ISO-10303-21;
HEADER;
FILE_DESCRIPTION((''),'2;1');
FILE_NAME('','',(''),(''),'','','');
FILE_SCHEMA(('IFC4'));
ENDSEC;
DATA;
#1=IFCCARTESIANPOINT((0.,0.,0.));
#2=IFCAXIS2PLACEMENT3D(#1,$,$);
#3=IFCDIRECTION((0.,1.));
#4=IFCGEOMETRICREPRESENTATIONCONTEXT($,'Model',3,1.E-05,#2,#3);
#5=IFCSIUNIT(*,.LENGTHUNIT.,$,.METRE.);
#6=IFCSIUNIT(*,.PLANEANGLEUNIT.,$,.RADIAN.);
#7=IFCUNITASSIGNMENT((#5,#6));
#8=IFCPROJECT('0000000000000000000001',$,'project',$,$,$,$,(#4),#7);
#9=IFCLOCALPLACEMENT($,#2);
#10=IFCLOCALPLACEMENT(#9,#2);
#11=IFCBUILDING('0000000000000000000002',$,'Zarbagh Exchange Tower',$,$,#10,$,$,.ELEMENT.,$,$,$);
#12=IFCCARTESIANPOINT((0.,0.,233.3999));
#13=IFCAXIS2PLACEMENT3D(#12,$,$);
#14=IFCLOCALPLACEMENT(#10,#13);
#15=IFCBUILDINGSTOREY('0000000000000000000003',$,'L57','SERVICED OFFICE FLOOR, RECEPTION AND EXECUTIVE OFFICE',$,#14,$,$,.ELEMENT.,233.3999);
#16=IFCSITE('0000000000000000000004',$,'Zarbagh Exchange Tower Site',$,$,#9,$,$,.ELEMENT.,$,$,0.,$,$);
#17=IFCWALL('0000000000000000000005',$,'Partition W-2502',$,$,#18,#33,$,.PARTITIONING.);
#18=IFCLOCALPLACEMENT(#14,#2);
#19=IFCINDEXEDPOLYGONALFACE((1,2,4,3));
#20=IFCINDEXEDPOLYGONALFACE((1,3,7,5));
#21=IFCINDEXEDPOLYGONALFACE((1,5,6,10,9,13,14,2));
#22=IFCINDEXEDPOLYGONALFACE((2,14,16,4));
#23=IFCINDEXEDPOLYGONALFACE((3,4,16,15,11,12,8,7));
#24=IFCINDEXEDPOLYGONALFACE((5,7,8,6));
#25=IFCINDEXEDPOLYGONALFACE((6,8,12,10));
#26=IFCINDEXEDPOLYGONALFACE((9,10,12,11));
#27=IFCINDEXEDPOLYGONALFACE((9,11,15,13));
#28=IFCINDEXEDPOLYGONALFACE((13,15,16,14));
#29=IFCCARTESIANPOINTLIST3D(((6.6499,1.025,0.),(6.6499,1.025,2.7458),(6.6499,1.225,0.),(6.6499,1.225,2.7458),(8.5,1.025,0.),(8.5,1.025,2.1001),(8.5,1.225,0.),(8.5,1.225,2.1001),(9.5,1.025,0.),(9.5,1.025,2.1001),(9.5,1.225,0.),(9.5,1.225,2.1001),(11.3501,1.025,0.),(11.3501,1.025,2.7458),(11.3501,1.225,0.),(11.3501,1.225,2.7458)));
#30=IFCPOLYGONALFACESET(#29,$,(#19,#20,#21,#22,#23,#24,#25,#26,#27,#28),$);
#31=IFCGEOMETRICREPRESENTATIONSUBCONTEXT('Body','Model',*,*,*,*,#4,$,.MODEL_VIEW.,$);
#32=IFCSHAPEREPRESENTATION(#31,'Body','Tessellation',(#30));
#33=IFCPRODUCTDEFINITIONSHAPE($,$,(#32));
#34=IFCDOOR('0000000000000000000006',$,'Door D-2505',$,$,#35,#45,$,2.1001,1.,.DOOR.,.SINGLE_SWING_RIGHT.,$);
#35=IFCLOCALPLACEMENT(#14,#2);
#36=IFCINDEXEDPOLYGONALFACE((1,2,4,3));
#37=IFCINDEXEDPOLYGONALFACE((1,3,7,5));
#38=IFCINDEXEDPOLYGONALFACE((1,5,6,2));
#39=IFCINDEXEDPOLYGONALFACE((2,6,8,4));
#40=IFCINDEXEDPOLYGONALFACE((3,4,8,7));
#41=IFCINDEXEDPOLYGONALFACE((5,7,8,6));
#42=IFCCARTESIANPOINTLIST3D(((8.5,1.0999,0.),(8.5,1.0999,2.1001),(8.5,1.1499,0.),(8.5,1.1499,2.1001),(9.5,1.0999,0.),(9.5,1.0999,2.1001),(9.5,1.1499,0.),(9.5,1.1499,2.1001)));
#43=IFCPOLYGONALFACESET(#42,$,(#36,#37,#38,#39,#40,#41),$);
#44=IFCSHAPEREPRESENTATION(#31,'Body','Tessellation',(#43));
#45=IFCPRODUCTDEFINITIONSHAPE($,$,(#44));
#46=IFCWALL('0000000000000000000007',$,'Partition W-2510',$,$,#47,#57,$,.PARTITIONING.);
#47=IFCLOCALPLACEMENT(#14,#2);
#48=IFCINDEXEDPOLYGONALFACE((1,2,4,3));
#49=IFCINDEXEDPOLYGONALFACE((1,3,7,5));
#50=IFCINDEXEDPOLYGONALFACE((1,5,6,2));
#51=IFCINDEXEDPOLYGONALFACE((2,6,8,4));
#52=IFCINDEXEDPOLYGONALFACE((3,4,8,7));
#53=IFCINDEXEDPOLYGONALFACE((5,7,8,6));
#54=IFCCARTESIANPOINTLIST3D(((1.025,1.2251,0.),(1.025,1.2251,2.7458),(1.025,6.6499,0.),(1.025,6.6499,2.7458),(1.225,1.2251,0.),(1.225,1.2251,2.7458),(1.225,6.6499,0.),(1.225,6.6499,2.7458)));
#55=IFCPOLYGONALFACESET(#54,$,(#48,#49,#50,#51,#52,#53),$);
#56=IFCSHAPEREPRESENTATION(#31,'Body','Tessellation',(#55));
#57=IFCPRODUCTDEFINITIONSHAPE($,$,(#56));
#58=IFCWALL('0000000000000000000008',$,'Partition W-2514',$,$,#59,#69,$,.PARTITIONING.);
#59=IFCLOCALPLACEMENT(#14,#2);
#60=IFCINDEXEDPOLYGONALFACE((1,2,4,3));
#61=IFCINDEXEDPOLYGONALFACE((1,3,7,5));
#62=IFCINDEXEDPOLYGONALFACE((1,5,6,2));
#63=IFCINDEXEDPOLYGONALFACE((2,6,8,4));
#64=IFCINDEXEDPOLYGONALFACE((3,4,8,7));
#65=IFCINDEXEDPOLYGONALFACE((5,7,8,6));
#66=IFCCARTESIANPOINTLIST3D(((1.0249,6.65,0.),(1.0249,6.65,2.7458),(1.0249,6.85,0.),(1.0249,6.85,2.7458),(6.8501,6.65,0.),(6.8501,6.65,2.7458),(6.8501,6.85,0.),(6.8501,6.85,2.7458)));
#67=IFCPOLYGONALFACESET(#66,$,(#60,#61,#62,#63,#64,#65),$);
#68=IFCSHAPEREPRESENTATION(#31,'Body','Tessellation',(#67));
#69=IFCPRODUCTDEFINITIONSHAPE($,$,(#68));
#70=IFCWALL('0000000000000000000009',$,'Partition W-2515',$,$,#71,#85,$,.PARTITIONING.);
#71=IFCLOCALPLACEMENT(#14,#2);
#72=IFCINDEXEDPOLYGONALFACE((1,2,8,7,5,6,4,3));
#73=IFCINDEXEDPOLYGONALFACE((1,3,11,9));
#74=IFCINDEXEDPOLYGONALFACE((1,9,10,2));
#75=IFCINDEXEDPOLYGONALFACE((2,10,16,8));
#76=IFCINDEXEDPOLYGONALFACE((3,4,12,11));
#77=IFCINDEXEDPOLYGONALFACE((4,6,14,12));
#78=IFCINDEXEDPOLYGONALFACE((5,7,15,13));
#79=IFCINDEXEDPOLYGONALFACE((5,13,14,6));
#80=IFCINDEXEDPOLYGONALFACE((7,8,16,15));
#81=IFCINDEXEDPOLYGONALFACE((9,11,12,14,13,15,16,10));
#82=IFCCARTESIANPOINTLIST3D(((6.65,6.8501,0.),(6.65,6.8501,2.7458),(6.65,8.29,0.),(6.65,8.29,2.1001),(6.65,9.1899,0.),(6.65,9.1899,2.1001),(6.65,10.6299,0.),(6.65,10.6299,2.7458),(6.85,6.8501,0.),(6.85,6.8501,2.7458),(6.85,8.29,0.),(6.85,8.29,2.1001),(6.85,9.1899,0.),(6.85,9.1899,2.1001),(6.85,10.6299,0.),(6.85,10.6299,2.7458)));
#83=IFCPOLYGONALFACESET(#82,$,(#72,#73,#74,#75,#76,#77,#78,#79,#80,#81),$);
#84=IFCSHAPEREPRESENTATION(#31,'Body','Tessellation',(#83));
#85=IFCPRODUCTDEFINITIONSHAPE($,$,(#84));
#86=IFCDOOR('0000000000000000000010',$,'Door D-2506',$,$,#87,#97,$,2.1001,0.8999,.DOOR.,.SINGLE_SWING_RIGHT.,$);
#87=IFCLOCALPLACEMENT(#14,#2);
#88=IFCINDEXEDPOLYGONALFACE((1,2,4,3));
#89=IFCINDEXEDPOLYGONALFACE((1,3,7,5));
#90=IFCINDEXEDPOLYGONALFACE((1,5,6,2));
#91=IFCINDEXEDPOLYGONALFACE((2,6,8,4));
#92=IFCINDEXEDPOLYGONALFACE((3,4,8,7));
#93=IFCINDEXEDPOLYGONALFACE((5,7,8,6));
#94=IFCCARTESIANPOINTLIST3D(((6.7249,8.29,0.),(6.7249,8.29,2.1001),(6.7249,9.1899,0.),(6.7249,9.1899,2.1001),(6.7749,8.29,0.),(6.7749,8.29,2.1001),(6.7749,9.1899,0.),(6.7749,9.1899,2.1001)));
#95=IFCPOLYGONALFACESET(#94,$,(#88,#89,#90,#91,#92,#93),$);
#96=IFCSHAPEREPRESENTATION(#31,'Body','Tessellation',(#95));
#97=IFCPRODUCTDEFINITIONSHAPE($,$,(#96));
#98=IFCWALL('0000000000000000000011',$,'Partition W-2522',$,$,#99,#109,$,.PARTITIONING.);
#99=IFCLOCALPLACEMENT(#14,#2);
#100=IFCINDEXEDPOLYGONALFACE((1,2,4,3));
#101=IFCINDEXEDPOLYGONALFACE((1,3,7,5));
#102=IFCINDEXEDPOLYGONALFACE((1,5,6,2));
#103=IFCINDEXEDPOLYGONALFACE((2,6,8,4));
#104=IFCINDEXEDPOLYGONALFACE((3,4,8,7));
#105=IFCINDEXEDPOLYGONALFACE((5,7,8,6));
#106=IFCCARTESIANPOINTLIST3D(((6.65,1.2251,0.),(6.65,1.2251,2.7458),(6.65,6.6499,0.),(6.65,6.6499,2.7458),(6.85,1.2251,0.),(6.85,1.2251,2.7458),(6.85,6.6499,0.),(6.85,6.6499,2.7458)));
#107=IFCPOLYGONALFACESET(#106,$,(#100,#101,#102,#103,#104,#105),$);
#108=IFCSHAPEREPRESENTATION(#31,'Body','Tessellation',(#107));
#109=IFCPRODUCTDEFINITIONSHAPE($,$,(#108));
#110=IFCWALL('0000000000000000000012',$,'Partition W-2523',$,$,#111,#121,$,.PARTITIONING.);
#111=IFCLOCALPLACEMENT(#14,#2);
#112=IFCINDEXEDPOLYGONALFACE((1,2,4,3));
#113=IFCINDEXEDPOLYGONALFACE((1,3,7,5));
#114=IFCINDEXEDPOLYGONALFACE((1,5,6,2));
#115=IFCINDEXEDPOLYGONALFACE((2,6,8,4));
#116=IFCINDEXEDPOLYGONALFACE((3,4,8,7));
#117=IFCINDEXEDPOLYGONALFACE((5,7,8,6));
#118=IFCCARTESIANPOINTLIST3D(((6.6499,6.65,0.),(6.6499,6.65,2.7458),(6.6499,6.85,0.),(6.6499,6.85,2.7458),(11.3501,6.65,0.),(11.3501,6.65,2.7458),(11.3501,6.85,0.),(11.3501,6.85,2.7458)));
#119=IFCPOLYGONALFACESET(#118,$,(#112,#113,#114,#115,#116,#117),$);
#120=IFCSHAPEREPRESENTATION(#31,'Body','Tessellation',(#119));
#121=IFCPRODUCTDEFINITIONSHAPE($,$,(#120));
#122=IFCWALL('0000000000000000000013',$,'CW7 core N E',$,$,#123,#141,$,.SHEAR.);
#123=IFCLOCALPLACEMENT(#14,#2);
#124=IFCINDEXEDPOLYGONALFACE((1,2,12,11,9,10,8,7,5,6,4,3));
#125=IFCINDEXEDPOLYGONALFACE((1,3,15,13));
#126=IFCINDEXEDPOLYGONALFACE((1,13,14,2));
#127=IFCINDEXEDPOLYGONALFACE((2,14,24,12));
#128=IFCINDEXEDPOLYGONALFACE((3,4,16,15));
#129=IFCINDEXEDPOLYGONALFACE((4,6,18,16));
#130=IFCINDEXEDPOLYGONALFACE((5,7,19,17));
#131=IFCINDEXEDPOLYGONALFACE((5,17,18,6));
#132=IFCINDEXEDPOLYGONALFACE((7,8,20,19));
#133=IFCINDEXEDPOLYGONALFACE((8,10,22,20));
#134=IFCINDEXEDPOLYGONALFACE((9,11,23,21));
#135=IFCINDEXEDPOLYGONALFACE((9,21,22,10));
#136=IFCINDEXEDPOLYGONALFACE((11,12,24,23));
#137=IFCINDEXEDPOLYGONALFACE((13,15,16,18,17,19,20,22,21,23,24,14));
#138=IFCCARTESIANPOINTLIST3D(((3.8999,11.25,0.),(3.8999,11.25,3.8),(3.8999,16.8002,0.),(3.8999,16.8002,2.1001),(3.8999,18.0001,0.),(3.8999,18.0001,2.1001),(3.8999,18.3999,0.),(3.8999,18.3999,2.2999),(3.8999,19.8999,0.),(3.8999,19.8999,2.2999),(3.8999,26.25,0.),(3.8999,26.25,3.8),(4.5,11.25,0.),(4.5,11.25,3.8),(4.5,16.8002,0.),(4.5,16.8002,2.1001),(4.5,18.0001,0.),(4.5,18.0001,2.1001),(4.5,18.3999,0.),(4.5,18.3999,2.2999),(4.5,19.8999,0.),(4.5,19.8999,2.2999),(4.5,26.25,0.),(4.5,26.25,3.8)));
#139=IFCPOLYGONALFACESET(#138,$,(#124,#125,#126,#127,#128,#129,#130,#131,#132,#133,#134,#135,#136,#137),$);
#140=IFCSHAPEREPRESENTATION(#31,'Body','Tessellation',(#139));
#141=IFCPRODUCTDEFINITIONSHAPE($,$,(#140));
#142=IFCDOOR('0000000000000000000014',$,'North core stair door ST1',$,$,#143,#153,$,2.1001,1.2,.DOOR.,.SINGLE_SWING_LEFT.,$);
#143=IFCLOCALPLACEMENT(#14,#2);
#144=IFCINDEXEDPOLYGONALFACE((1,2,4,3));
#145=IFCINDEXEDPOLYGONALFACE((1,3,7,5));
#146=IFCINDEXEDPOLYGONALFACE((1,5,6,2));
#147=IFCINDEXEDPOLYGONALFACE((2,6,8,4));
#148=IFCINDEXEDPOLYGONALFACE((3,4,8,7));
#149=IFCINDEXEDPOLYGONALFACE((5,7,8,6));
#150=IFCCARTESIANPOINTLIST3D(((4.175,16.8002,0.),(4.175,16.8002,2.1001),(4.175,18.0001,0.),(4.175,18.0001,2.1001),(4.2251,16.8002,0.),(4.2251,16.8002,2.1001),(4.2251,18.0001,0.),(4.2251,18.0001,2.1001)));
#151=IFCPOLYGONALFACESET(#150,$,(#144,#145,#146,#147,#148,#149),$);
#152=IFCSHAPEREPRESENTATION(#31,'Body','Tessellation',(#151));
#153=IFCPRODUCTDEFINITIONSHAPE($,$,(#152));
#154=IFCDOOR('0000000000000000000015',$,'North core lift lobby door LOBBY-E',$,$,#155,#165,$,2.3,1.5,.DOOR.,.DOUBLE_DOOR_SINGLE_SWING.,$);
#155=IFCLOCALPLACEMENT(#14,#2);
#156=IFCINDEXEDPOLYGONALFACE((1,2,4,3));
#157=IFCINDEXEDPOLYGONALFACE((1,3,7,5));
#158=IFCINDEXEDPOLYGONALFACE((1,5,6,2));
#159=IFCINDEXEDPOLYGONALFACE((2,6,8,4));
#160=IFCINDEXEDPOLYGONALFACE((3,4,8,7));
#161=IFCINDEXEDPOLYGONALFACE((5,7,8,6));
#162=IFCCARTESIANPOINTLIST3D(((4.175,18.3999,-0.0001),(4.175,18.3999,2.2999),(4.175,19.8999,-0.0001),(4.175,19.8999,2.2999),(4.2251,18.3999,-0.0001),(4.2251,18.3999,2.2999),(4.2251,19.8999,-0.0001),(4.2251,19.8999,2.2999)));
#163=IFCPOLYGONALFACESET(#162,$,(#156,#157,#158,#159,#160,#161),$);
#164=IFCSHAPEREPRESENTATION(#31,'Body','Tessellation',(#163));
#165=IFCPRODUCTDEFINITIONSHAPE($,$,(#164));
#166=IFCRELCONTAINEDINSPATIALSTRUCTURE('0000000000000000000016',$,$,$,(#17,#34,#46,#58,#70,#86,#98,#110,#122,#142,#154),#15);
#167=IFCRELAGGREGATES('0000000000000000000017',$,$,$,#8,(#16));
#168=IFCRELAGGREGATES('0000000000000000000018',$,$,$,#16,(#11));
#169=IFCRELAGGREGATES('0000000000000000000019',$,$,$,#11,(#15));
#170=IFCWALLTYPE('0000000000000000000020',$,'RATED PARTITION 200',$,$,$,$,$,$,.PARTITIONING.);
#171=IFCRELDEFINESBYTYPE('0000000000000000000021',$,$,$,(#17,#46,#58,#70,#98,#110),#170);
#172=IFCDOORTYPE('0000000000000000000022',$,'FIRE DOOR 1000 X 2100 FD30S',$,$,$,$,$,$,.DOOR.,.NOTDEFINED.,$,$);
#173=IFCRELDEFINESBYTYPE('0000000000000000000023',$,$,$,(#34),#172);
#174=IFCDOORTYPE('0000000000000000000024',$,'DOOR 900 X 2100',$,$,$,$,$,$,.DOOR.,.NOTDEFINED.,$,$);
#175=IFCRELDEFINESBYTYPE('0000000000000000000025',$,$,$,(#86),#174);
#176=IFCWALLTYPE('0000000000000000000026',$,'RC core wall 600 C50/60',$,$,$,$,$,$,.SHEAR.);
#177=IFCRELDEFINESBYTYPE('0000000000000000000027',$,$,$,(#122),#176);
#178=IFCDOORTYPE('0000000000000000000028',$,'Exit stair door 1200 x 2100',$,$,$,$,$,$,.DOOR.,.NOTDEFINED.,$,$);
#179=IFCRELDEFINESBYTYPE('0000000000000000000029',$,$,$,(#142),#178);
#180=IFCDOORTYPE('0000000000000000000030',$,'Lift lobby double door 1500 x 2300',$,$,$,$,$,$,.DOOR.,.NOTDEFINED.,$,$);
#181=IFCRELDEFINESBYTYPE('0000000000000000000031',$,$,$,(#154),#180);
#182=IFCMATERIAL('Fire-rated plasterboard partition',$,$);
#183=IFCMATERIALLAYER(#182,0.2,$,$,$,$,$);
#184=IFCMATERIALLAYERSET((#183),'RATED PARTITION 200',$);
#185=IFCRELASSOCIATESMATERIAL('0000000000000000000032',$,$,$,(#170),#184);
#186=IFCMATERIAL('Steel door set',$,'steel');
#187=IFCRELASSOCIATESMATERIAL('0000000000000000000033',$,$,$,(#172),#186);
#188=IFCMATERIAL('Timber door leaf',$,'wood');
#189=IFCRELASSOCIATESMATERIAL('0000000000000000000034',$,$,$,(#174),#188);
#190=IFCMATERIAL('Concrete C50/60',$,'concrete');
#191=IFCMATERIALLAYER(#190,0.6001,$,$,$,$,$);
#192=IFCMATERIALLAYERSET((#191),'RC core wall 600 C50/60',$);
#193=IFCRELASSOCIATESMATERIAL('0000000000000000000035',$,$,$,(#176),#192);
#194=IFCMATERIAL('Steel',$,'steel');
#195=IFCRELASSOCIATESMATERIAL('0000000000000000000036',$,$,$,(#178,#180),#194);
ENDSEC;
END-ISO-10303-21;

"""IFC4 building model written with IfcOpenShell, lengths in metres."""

from ifc_helpers import new_model, si_unit, direction, frame, frame_2d, origin, place, context, subcontext, project, spatial, rectangle, extrude, material, layer, layer_set, type_object, element, fill, save


model = new_model("IFC4")

# Units and contexts
model_context = context("Model", 3, precision=1e-05, world=origin(), true_north=direction((0.0, 1.0)))
body_context = subcontext(model_context, "Body", "Model", "MODEL_VIEW")
ifc_project = project(units=[si_unit("LENGTHUNIT", "METRE"), si_unit("PLANEANGLEUNIT", "RADIAN")], contexts=[model_context])

# Site, building, storey
site_placement = place(None, origin())
site = spatial("IfcSite", under=ifc_project, at=site_placement, Name="Zarbagh Exchange Tower Site", CompositionType="ELEMENT", RefElevation=0.0)
building_placement = place(site_placement, origin())
building = spatial("IfcBuilding", under=site, at=building_placement, Name="Zarbagh Exchange Tower", CompositionType="ELEMENT")
storey_placement = place(building_placement, frame((0.0, 0.0, 233.3999)))
storey = spatial("IfcBuildingStorey", under=building, at=storey_placement, Name="L57", Description="SERVICED OFFICE FLOOR, RECEPTION AND EXECUTIVE OFFICE", CompositionType="ELEMENT", Elevation=233.3999)

# Shared definitions
ifc_material_1 = material(Name="Concrete C50/60", Category="concrete")

# Wall, opening, door
ifc_material_2 = material(Name="Fire-rated plasterboard partition")
ifc_layer_1 = layer(ifc_material_2, 0.2)
ifc_layer_set_1 = layer_set([ifc_layer_1], Name="RATED PARTITION 200")
wall_type_1 = type_object("IfcWallType", Name="RATED PARTITION 200", PredefinedType="PARTITIONING", material=ifc_layer_set_1)
ifc_material_3 = material(Name="Steel door set", Category="steel")
door_type_1 = type_object("IfcDoorType", Name="FIRE DOOR 1000 X 2100 FD30S", OperationType="NOTDEFINED", PredefinedType="DOOR", material=ifc_material_3)
wall_1_placement = place(storey_placement, frame((6.6499, 1.125, 0.0), z_axis=(0.0, 0.0, 1.0), x_axis=(1.0, 0.0, 0.0)))
wall_1 = element("IfcWall", 1, at=wall_1_placement, inside=storey, type_object=wall_type_1, Name="Partition W-2502", PredefinedType="PARTITIONING", context=body_context, shape_type="SweptSolid", body=[
    extrude(rectangle(XDim=4.7002, YDim=0.2, at=frame_2d((2.3501, 0.0))), origin(), (0.0, 0.0, 1.0), 2.7458),
])
opening_1_placement = place(wall_1_placement, frame((1.8501, 0.0, 0.0)))
opening_1 = element("IfcOpeningElement", 2, at=opening_1_placement, cuts=wall_1, PredefinedType="OPENING", context=body_context, shape_type="SweptSolid", body=[
    extrude(rectangle(XDim=1.0, YDim=2.1001, at=frame_2d((0.5, 1.05))), frame((0.0, 0.1099, 0.0), z_axis=(0.0, -1.0, 0.0), x_axis=(1.0, 0.0, 0.0)), (0.0, 0.0, 1.0), 0.22),
])
door_1_placement = place(opening_1_placement, origin())
door_1 = element("IfcDoor", 3, at=door_1_placement, inside=storey, type_object=door_type_1, Name="Door D-2505", OperationType="SINGLE_SWING_RIGHT", OverallHeight=2.1001, OverallWidth=1.0, PredefinedType="DOOR", context=body_context, shape_type="SweptSolid", body=[
    extrude(rectangle(XDim=1.0, YDim=2.1001, at=frame_2d((0.5, 1.05))), frame((0.0, 0.0249, 0.0), z_axis=(0.0, -1.0, 0.0), x_axis=(1.0, 0.0, 0.0)), (0.0, 0.0, 1.0), 0.05),
])
fill(opening_1, door_1)

# Walls
wall_2_placement = place(storey_placement, frame((1.125, 1.2251, 0.0), z_axis=(0.0, 0.0, 1.0), x_axis=(0.0, 1.0, 0.0)))
element("IfcWall", 4, at=wall_2_placement, inside=storey, type_object=wall_type_1, Name="Partition W-2510", PredefinedType="PARTITIONING", context=body_context, shape_type="SweptSolid", body=[
    extrude(rectangle(XDim=5.4248, YDim=0.2, at=frame_2d((2.7124, 0.0))), origin(), (0.0, 0.0, 1.0), 2.7458),
])
wall_3_placement = place(storey_placement, frame((1.0249, 6.75, 0.0), z_axis=(0.0, 0.0, 1.0), x_axis=(1.0, 0.0, 0.0)))
element("IfcWall", 5, at=wall_3_placement, inside=storey, type_object=wall_type_1, Name="Partition W-2514", PredefinedType="PARTITIONING", context=body_context, shape_type="SweptSolid", body=[
    extrude(rectangle(XDim=5.8252, YDim=0.2, at=frame_2d((2.9126, 0.0))), origin(), (0.0, 0.0, 1.0), 2.7458),
])

# Wall, opening, door
wall_4_placement = place(storey_placement, frame((6.75, 10.6299, 0.0), z_axis=(0.0, 0.0, 1.0), x_axis=(0.0, -1.0, 0.0)))
wall_4 = element("IfcWall", 6, at=wall_4_placement, inside=storey, type_object=wall_type_1, Name="Partition W-2515", PredefinedType="PARTITIONING", context=body_context, shape_type="SweptSolid", body=[
    extrude(rectangle(XDim=3.7798, YDim=0.2, at=frame_2d((1.8899, 0.0))), origin(), (0.0, 0.0, 1.0), 2.7458),
])
opening_2_placement = place(wall_4_placement, frame((1.4399, 0.0, 0.0)))
opening_2 = element("IfcOpeningElement", 7, at=opening_2_placement, cuts=wall_4, PredefinedType="OPENING", context=body_context, shape_type="SweptSolid", body=[
    extrude(rectangle(XDim=0.8999, YDim=2.1001, at=frame_2d((0.45, 1.05))), frame((0.0, 0.1099, 0.0), z_axis=(0.0, -1.0, 0.0), x_axis=(1.0, 0.0, 0.0)), (0.0, 0.0, 1.0), 0.22),
])
ifc_material_4 = material(Name="Timber door leaf", Category="wood")
door_type_2 = type_object("IfcDoorType", Name="DOOR 900 X 2100", OperationType="NOTDEFINED", PredefinedType="DOOR", material=ifc_material_4)
door_2_placement = place(opening_2_placement, origin())
door_2 = element("IfcDoor", 8, at=door_2_placement, inside=storey, type_object=door_type_2, Name="Door D-2506", OperationType="SINGLE_SWING_RIGHT", OverallHeight=2.1001, OverallWidth=0.8999, PredefinedType="DOOR", context=body_context, shape_type="SweptSolid", body=[
    extrude(rectangle(XDim=0.8999, YDim=2.1001, at=frame_2d((0.45, 1.05))), frame((0.0, 0.0249, 0.0), z_axis=(0.0, -1.0, 0.0), x_axis=(1.0, 0.0, 0.0)), (0.0, 0.0, 1.0), 0.05),
])
fill(opening_2, door_2)

# Walls
wall_5_placement = place(storey_placement, frame((6.75, 1.2251, 0.0), z_axis=(0.0, 0.0, 1.0), x_axis=(0.0, 1.0, 0.0)))
element("IfcWall", 9, at=wall_5_placement, inside=storey, type_object=wall_type_1, Name="Partition W-2522", PredefinedType="PARTITIONING", context=body_context, shape_type="SweptSolid", body=[
    extrude(rectangle(XDim=5.4248, YDim=0.2, at=frame_2d((2.7124, 0.0))), origin(), (0.0, 0.0, 1.0), 2.7458),
])
wall_6_placement = place(storey_placement, frame((6.6499, 6.75, 0.0), z_axis=(0.0, 0.0, 1.0), x_axis=(1.0, 0.0, 0.0)))
element("IfcWall", 10, at=wall_6_placement, inside=storey, type_object=wall_type_1, Name="Partition W-2523", PredefinedType="PARTITIONING", context=body_context, shape_type="SweptSolid", body=[
    extrude(rectangle(XDim=4.7002, YDim=0.2, at=frame_2d((2.3501, 0.0))), origin(), (0.0, 0.0, 1.0), 2.7458),
])

# Wall, openings, doors
ifc_layer_2 = layer(ifc_material_1, 0.6001)
ifc_layer_set_2 = layer_set([ifc_layer_2], Name="RC core wall 600 C50/60")
wall_type_2 = type_object("IfcWallType", Name="RC core wall 600 C50/60", PredefinedType="SHEAR", material=ifc_layer_set_2)
wall_7_placement = place(storey_placement, frame((4.2, 11.25, 0.0), z_axis=(0.0, 0.0, 1.0), x_axis=(0.0, 1.0, 0.0)))
wall_7 = element("IfcWall", 11, at=wall_7_placement, inside=storey, type_object=wall_type_2, Name="CW7 core N E", PredefinedType="SHEAR", context=body_context, shape_type="SweptSolid", body=[
    extrude(rectangle(XDim=15.0, YDim=0.6001, at=frame_2d((7.5, 0.0))), origin(), (0.0, 0.0, 1.0), 3.8),
])
opening_3_placement = place(wall_7_placement, frame((7.1499, 0.0, 0.0)))
opening_3 = element("IfcOpeningElement", 12, at=opening_3_placement, cuts=wall_7, PredefinedType="OPENING", context=body_context, shape_type="SweptSolid", body=[
    extrude(rectangle(XDim=1.5, YDim=2.3, at=frame_2d((0.75, 1.1499))), frame((0.0, 0.3101, 0.0), z_axis=(0.0, -1.0, 0.0), x_axis=(1.0, 0.0, 0.0)), (0.0, 0.0, 1.0), 0.6201),
])
opening_4_placement = place(wall_7_placement, frame((5.55, 0.0, 0.0)))
opening_4 = element("IfcOpeningElement", 13, at=opening_4_placement, cuts=wall_7, PredefinedType="OPENING", context=body_context, shape_type="SweptSolid", body=[
    extrude(rectangle(XDim=1.2, YDim=2.1001, at=frame_2d((0.6001, 1.05))), frame((0.0, 0.3101, 0.0), z_axis=(0.0, -1.0, 0.0), x_axis=(1.0, 0.0, 0.0)), (0.0, 0.0, 1.0), 0.6201),
])
ifc_material_5 = material(Name="Steel", Category="steel")
door_type_3 = type_object("IfcDoorType", Name="Exit stair door 1200 x 2100", OperationType="NOTDEFINED", PredefinedType="DOOR", material=ifc_material_5)
door_3_placement = place(opening_4_placement, origin())
door_3 = element("IfcDoor", 14, at=door_3_placement, inside=storey, type_object=door_type_3, Name="North core stair door ST1", OperationType="SINGLE_SWING_LEFT", OverallHeight=2.1001, OverallWidth=1.2, PredefinedType="DOOR", context=body_context, shape_type="SweptSolid", body=[
    extrude(rectangle(XDim=1.2, YDim=2.1001, at=frame_2d((0.6001, 1.05))), frame((0.0, 0.0249, 0.0), z_axis=(0.0, -1.0, 0.0), x_axis=(1.0, 0.0, 0.0)), (0.0, 0.0, 1.0), 0.05),
])
fill(opening_4, door_3)
door_type_4 = type_object("IfcDoorType", Name="Lift lobby double door 1500 x 2300", OperationType="NOTDEFINED", PredefinedType="DOOR", material=ifc_material_5)
door_4_placement = place(opening_3_placement, origin())
door_4 = element("IfcDoor", 15, at=door_4_placement, inside=storey, type_object=door_type_4, Name="North core lift lobby door LOBBY-E", OperationType="DOUBLE_DOOR_SINGLE_SWING", OverallHeight=2.3, OverallWidth=1.5, PredefinedType="DOOR", context=body_context, shape_type="SweptSolid", body=[
    extrude(rectangle(XDim=1.5, YDim=2.3, at=frame_2d((0.75, 1.1499))), frame((0.0, 0.0249, 0.0), z_axis=(0.0, -1.0, 0.0), x_axis=(1.0, 0.0, 0.0)), (0.0, 0.0, 1.0), 0.05),
])
fill(opening_3, door_4)

save(model, "model.ifc")
